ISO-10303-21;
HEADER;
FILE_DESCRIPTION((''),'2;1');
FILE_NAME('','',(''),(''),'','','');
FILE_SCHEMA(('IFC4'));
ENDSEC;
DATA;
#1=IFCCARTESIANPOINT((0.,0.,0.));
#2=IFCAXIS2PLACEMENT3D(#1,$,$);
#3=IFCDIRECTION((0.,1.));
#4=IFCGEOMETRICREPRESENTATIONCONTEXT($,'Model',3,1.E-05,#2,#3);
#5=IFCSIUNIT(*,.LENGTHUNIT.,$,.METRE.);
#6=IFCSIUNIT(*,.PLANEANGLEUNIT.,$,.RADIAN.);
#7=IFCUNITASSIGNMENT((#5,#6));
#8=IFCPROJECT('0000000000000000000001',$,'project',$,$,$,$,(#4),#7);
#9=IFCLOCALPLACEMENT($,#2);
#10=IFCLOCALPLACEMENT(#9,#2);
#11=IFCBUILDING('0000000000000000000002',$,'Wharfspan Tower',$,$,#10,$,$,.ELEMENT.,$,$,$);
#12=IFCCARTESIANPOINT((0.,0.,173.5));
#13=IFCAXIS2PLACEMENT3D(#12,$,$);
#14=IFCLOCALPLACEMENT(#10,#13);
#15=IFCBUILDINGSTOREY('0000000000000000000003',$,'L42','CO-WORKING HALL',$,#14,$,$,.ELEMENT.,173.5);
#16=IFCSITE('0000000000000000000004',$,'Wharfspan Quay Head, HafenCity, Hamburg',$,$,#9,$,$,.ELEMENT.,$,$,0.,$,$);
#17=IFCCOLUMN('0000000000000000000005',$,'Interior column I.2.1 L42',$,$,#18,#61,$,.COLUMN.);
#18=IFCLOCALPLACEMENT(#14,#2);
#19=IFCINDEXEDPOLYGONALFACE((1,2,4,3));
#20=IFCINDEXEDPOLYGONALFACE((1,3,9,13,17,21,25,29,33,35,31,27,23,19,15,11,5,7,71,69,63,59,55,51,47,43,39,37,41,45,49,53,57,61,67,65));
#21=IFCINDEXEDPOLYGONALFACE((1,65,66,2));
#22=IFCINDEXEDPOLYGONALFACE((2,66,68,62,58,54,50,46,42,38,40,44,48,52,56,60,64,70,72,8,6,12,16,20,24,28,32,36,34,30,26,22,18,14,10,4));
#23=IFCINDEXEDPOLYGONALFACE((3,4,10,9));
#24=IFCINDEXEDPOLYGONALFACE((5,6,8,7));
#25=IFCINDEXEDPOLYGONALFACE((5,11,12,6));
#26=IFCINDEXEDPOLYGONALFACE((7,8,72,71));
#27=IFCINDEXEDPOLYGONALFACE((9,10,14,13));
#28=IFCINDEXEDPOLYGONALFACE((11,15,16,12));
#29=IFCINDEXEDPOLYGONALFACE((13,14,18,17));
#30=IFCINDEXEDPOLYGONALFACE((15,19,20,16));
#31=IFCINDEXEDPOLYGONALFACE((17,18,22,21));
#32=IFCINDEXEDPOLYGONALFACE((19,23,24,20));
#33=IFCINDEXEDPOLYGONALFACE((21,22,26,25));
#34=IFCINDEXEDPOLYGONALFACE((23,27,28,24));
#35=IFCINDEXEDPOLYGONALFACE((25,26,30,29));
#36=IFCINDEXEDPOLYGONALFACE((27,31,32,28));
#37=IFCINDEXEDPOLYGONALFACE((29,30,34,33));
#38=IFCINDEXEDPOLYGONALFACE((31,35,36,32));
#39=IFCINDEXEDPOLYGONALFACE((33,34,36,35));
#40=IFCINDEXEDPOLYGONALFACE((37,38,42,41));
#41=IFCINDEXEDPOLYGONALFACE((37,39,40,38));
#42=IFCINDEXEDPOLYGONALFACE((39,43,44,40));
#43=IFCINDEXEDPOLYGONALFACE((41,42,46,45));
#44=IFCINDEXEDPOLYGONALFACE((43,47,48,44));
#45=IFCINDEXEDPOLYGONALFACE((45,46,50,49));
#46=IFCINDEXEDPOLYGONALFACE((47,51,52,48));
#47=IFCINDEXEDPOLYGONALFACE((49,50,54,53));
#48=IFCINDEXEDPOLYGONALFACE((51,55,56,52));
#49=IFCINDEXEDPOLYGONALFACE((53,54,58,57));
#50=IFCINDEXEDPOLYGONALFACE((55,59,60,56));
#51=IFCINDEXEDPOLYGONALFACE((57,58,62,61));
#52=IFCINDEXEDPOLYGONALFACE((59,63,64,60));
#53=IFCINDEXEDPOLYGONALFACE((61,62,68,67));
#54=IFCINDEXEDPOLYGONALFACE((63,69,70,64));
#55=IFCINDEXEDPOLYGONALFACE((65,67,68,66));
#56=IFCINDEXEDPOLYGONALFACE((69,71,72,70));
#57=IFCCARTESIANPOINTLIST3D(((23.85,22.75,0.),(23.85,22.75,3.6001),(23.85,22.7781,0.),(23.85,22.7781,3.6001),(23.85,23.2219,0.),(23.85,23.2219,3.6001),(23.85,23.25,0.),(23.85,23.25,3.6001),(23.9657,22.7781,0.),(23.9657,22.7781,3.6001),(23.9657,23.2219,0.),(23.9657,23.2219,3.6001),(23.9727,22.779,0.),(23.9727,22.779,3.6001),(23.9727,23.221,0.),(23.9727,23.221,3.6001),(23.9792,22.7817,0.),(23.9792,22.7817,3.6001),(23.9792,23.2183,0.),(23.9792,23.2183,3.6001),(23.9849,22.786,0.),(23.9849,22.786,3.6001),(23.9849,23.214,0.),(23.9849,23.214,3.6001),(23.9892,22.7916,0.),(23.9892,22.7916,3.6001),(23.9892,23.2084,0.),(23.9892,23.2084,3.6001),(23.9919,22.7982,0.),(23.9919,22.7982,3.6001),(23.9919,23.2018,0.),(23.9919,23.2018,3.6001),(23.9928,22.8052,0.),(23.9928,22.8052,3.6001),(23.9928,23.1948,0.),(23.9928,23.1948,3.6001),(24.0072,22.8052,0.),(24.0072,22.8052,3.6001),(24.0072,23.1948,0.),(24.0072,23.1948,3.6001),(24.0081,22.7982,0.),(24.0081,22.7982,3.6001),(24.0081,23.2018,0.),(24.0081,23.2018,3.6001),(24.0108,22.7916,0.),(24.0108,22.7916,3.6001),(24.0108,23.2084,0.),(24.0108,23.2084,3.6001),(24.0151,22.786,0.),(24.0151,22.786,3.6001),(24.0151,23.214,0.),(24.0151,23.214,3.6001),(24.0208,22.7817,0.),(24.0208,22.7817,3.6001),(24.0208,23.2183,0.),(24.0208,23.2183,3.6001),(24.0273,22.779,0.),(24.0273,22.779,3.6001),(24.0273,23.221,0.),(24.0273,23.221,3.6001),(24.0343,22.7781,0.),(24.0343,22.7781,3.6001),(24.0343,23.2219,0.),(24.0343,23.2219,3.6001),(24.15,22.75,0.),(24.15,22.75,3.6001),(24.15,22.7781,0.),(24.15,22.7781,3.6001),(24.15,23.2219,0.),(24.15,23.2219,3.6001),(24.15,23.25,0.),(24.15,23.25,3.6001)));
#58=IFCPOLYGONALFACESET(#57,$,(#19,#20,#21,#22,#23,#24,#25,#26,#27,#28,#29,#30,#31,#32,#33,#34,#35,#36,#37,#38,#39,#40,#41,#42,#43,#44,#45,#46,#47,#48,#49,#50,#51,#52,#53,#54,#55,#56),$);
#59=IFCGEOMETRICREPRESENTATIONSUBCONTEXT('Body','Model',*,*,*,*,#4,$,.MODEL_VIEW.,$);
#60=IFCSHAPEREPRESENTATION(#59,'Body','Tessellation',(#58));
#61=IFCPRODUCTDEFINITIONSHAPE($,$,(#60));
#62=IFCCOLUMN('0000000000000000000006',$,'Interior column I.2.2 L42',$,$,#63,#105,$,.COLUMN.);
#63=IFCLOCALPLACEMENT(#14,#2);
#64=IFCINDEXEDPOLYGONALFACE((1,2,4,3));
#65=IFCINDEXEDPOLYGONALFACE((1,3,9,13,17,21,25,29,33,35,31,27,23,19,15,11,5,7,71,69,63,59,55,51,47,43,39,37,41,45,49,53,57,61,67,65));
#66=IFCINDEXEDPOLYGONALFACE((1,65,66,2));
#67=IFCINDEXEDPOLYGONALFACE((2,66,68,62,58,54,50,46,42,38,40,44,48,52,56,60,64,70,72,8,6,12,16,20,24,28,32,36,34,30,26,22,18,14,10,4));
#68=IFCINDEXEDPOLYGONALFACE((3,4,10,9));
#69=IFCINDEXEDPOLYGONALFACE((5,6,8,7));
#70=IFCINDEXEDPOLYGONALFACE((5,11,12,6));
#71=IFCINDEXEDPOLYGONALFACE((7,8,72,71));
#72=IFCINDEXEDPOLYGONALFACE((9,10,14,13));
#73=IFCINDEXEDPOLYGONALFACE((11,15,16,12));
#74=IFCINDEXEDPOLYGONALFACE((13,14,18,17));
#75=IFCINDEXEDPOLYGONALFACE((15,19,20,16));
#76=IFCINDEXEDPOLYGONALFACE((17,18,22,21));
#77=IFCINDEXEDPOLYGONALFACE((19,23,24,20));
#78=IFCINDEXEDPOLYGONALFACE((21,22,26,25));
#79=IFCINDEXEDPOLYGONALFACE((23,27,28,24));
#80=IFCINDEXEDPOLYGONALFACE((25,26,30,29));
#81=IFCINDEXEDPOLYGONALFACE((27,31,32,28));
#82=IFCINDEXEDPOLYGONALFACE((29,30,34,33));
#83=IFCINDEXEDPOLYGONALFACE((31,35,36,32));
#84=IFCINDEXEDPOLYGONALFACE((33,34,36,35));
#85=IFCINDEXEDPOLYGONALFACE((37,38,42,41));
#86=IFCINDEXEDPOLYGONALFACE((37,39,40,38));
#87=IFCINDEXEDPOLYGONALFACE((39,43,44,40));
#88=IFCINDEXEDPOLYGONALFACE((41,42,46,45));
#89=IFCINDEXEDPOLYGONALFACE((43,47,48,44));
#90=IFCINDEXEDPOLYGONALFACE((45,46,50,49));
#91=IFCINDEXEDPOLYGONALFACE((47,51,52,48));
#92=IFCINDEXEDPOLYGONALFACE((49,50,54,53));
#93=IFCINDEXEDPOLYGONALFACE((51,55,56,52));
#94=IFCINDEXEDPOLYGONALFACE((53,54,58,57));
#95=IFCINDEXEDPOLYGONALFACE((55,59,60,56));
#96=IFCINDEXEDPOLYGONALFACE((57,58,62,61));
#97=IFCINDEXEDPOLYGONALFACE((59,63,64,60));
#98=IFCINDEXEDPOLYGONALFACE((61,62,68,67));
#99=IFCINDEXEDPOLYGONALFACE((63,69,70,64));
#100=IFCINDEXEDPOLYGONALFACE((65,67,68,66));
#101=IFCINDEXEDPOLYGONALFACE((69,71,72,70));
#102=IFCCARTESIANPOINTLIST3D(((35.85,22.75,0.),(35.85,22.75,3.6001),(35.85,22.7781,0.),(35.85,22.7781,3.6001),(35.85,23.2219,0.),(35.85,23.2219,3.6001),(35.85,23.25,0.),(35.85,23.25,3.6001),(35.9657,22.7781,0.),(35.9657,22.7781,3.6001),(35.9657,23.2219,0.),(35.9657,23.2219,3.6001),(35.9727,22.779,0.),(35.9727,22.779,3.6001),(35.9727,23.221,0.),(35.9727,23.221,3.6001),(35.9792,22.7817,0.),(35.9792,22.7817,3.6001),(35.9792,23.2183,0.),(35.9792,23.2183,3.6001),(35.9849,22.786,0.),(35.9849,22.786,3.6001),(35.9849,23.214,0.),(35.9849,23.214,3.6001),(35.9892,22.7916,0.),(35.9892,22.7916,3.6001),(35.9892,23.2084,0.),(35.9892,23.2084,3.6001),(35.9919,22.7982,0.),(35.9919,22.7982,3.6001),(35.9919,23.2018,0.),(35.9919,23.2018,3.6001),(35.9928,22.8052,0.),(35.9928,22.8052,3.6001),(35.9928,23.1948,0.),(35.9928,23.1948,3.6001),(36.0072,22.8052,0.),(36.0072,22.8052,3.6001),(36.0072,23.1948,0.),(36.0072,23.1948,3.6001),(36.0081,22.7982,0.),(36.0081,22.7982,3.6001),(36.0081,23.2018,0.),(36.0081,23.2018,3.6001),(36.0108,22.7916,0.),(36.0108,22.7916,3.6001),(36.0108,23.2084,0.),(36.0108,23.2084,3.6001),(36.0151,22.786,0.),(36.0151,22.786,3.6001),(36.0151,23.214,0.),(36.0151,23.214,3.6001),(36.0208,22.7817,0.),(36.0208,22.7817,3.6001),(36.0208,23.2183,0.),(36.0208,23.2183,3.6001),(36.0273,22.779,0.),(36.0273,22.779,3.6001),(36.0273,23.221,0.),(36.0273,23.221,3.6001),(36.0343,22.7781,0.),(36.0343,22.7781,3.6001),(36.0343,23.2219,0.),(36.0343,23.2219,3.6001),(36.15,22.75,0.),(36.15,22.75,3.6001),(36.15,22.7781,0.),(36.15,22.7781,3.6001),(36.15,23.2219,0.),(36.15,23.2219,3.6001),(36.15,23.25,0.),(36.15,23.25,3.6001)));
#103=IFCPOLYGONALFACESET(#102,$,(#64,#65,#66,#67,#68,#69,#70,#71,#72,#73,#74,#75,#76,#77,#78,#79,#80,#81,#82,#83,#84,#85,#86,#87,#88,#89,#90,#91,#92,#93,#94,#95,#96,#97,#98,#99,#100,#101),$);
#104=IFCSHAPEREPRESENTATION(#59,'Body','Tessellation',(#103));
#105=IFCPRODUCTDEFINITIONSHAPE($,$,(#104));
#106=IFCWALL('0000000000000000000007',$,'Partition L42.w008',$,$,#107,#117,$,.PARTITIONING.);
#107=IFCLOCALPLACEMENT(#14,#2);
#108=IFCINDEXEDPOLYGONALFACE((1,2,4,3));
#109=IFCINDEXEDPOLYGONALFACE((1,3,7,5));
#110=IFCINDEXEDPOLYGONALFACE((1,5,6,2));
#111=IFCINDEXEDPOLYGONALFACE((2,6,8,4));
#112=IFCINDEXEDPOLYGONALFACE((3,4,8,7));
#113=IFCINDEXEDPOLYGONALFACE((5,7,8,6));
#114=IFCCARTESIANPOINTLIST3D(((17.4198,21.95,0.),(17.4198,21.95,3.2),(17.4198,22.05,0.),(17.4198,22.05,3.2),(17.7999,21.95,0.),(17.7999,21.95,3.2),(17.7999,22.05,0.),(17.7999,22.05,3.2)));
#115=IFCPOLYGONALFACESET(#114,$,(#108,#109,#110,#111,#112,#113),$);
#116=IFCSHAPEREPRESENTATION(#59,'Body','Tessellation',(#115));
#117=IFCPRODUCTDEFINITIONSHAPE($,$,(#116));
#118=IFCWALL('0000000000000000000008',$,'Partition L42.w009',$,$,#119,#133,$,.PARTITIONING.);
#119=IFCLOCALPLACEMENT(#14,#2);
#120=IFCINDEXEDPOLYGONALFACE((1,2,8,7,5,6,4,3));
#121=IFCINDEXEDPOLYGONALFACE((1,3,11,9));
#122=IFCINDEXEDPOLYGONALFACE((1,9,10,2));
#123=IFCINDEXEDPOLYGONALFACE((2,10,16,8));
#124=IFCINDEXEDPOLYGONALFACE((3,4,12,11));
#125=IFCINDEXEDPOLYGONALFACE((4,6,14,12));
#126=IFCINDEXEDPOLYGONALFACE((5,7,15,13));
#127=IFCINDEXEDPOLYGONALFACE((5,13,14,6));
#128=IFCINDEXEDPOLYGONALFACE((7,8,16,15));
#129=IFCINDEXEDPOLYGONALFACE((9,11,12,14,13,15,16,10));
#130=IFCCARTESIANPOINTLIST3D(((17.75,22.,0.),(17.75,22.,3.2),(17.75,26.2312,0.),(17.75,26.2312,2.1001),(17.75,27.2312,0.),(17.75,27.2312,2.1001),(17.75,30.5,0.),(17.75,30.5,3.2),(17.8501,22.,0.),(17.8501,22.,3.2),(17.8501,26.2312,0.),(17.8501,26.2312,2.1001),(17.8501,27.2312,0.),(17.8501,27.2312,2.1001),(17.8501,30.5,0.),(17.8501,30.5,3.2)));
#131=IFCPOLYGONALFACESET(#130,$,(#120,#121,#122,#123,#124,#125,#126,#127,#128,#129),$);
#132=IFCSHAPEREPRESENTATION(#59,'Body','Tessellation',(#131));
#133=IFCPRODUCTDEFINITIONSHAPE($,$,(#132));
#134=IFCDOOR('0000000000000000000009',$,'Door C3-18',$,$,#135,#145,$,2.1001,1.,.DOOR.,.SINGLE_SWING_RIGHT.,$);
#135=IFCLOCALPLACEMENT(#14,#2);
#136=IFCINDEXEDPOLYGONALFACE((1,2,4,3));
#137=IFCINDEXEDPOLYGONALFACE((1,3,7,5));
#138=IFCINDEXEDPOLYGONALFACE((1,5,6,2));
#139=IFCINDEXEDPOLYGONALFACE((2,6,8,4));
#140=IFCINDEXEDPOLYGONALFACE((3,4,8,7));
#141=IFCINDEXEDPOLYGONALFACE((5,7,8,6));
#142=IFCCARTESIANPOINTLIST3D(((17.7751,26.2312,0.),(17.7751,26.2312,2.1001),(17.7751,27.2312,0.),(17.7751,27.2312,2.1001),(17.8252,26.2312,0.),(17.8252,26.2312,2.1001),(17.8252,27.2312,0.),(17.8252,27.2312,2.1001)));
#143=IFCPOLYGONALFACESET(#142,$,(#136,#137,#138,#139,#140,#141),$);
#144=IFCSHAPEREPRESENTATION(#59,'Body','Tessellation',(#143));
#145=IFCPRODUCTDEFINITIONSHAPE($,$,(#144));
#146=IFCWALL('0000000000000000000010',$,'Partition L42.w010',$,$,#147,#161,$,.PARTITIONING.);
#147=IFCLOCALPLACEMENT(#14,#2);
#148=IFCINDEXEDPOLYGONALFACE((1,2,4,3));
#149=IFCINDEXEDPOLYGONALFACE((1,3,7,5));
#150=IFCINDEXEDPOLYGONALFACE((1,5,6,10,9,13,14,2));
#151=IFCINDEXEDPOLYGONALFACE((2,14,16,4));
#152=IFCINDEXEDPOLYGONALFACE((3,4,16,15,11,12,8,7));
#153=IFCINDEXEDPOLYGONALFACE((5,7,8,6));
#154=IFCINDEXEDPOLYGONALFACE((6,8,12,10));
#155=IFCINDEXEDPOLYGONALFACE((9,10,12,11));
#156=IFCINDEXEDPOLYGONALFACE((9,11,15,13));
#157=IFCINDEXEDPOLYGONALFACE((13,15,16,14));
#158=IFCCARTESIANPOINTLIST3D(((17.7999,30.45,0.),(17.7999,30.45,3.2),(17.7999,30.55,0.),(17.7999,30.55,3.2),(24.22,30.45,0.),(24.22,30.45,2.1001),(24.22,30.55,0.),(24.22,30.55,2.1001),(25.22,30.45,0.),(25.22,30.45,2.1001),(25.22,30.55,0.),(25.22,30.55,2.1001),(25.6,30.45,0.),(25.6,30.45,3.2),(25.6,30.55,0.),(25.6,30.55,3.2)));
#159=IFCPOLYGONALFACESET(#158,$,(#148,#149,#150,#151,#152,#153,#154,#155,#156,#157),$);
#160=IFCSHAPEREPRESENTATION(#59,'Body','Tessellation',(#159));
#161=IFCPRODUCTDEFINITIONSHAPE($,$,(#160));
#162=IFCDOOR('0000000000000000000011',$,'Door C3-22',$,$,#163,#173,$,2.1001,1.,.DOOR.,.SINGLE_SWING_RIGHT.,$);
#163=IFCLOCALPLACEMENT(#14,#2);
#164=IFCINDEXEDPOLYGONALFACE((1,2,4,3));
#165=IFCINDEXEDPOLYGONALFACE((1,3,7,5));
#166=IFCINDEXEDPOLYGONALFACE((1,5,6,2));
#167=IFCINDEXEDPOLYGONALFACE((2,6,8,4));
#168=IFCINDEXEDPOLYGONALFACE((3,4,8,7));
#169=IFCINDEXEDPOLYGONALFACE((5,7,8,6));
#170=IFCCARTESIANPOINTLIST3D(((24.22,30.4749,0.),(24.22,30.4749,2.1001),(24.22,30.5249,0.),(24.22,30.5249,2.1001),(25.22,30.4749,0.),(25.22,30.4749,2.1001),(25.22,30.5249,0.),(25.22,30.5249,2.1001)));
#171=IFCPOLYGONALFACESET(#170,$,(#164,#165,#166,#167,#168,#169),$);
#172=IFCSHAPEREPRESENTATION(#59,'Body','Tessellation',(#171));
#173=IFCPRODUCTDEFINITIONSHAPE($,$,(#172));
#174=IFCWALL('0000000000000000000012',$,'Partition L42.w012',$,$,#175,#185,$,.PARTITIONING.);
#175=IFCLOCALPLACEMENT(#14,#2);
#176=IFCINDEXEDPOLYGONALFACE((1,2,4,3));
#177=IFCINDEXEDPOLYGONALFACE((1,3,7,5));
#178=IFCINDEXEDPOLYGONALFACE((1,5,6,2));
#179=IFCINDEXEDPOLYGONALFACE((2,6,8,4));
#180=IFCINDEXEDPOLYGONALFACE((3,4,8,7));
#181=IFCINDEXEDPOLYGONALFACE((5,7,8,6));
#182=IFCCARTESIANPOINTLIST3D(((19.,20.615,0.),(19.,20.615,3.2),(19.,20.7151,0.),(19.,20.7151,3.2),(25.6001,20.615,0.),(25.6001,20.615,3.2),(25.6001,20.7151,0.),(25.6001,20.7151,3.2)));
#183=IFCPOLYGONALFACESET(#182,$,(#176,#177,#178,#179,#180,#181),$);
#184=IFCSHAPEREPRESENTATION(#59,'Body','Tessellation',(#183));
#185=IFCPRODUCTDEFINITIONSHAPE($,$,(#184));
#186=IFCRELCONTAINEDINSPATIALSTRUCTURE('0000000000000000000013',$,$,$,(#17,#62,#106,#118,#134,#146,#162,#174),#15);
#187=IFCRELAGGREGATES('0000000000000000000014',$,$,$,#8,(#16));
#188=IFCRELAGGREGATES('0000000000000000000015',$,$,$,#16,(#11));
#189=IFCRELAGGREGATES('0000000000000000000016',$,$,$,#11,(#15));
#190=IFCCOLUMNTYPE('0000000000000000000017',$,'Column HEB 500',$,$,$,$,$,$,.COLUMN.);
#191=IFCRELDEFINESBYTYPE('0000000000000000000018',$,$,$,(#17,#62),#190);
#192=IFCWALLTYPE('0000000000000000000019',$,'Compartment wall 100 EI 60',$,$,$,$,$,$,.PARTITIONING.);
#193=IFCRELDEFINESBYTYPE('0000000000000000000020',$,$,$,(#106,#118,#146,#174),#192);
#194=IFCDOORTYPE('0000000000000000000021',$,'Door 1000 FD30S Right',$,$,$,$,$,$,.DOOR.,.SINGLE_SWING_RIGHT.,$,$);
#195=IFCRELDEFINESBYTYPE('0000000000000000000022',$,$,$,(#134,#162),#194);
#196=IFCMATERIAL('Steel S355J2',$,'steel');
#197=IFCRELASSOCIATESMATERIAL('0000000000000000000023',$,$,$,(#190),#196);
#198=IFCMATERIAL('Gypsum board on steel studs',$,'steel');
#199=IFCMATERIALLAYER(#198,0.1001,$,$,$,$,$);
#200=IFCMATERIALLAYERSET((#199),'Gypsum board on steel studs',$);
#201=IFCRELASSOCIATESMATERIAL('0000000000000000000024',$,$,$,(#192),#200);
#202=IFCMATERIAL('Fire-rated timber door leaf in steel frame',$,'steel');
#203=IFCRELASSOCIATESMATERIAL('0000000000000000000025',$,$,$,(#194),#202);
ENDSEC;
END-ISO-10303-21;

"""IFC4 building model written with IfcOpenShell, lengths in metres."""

from ifc_helpers import new_model, si_unit, direction, frame, frame_2d, origin, origin_2d, place, context, subcontext, project, spatial, rectangle, i_section, extrude, material, layer, layer_set, material_profile, profile_set, type_object, element, fill, save


model = new_model("IFC4")

# Units and contexts
model_context = context("Model", 3, precision=1e-05, world=origin(), true_north=direction((0.0, 1.0)))
body_context = subcontext(model_context, "Body", "Model", "MODEL_VIEW")
ifc_project = project(units=[si_unit("LENGTHUNIT", "METRE"), si_unit("PLANEANGLEUNIT", "RADIAN")], contexts=[model_context])

# Site, building, storey
site_placement = place(None, origin())
site = spatial("IfcSite", under=ifc_project, at=site_placement, Name="Wharfspan Quay Head, HafenCity, Hamburg", CompositionType="ELEMENT", RefElevation=0.0)
building_placement = place(site_placement, origin())
building = spatial("IfcBuilding", under=site, at=building_placement, Name="Wharfspan Tower", CompositionType="ELEMENT")
storey_placement = place(building_placement, frame((0.0, 0.0, 173.5)))
storey = spatial("IfcBuildingStorey", under=building, at=storey_placement, Name="L42", Description="CO-WORKING HALL", CompositionType="ELEMENT", Elevation=173.5)

# Columns
ifc_material_1 = material(Name="Steel S355J2", Category="steel")
ifc_material_profile = material_profile(ifc_material_1, i_section(OverallWidth=0.3, OverallDepth=0.5, WebThickness=0.0144, FlangeThickness=0.0281, FilletRadius=0.0271, at=origin_2d()))
ifc_profile_set = profile_set([ifc_material_profile], Name="Steel S355J2")
column_type = type_object("IfcColumnType", Name="Column HEB 500", PredefinedType="COLUMN", material=ifc_profile_set)
for number, where, z_axis, x_axis, name in (
    (1, (24.0, 23.0, 0.0), (0.0, 0.0, 1.0), (1.0, 0.0, 0.0), "Interior column I.2.1 L42"),
    (2, (36.0, 23.0, 0.0), (0.0, 0.0, 1.0), (1.0, 0.0, 0.0), "Interior column I.2.2 L42"),
):
    element("IfcColumn", number, at=place(storey_placement, frame(where, z_axis=z_axis, x_axis=x_axis)), inside=storey, type_object=column_type, Name=name, PredefinedType="COLUMN", context=body_context, shape_type="SweptSolid", body=[
        extrude(i_section(OverallWidth=0.3, OverallDepth=0.5, WebThickness=0.0144, FlangeThickness=0.0281, FilletRadius=0.0271, at=origin_2d()), origin(), (0.0, 0.0, 1.0), 3.6001),
    ])

# Wall
ifc_material_2 = material(Name="Gypsum board on steel studs", Category="steel")
ifc_layer = layer(ifc_material_2, 0.1001)
ifc_layer_set = layer_set([ifc_layer], Name="Gypsum board on steel studs")
wall_type = type_object("IfcWallType", Name="Compartment wall 100 EI 60", PredefinedType="PARTITIONING", material=ifc_layer_set)
wall_1_placement = place(storey_placement, frame((17.4199, 22.0, 0.0), z_axis=(0.0, 0.0, 1.0), x_axis=(1.0, 0.0, 0.0)))
element("IfcWall", 3, at=wall_1_placement, inside=storey, type_object=wall_type, Name="Partition L42.w008", PredefinedType="PARTITIONING", context=body_context, shape_type="SweptSolid", body=[
    extrude(rectangle(XDim=0.3801, YDim=0.1001, at=frame_2d((0.1899, 0.0))), origin(), (0.0, 0.0, 1.0), 3.2),
])

# Walls, openings, doors
wall_2_placement = place(storey_placement, frame((17.8, 22.0, 0.0), z_axis=(0.0, 0.0, 1.0), x_axis=(0.0, 1.0, 0.0)))
wall_2 = element("IfcWall", 4, at=wall_2_placement, inside=storey, type_object=wall_type, Name="Partition L42.w009", PredefinedType="PARTITIONING", context=body_context, shape_type="SweptSolid", body=[
    extrude(rectangle(XDim=8.5, YDim=0.1001, at=frame_2d((4.25, 0.0))), origin(), (0.0, 0.0, 1.0), 3.2),
])
opening_1_placement = place(wall_2_placement, frame((4.2312, 0.0, 0.0)))
opening_1 = element("IfcOpeningElement", 5, at=opening_1_placement, cuts=wall_2, PredefinedType="OPENING", context=body_context, shape_type="SweptSolid", body=[
    extrude(rectangle(XDim=1.0, YDim=2.1001, at=frame_2d((0.5, 1.05))), frame((0.0, 0.0601, 0.0), z_axis=(0.0, -1.0, 0.0), x_axis=(1.0, 0.0, 0.0)), (0.0, 0.0, 1.0), 0.1201),
])
ifc_material_3 = material(Name="Fire-rated timber door leaf in steel frame", Category="steel")
door_type_1 = type_object("IfcDoorType", Name="Door 1000 FD30S Right", OperationType="SINGLE_SWING_RIGHT", PredefinedType="DOOR", material=ifc_material_3)
door_1_placement = place(opening_1_placement, origin())
door_1 = element("IfcDoor", 6, at=door_1_placement, inside=storey, type_object=door_type_1, Name="Door C3-18", OperationType="SINGLE_SWING_RIGHT", OverallHeight=2.1001, OverallWidth=1.0, PredefinedType="DOOR", context=body_context, shape_type="SweptSolid", body=[
    extrude(rectangle(XDim=1.0, YDim=2.1001, at=frame_2d((0.5, 1.05))), frame((0.0, 0.0249, 0.0), z_axis=(0.0, -1.0, 0.0), x_axis=(1.0, 0.0, 0.0)), (0.0, 0.0, 1.0), 0.05),
])
fill(opening_1, door_1)
wall_3_placement = place(storey_placement, frame((17.8, 30.5, 0.0), z_axis=(0.0, 0.0, 1.0), x_axis=(1.0, 0.0, 0.0)))
wall_3 = element("IfcWall", 7, at=wall_3_placement, inside=storey, type_object=wall_type, Name="Partition L42.w010", PredefinedType="PARTITIONING", context=body_context, shape_type="SweptSolid", body=[
    extrude(rectangle(XDim=7.8, YDim=0.1001, at=frame_2d((3.8999, 0.0))), origin(), (0.0, 0.0, 1.0), 3.2),
])
opening_2_placement = place(wall_3_placement, frame((6.4199, 0.0, 0.0)))
opening_2 = element("IfcOpeningElement", 8, at=opening_2_placement, cuts=wall_3, PredefinedType="OPENING", context=body_context, shape_type="SweptSolid", body=[
    extrude(rectangle(XDim=1.0, YDim=2.1001, at=frame_2d((0.5, 1.05))), frame((0.0, 0.0601, 0.0), z_axis=(0.0, -1.0, 0.0), x_axis=(1.0, 0.0, 0.0)), (0.0, 0.0, 1.0), 0.1201),
])
door_2_placement = place(opening_2_placement, origin())
door_2 = element("IfcDoor", 9, at=door_2_placement, inside=storey, type_object=door_type_1, Name="Door C3-22", OperationType="SINGLE_SWING_RIGHT", OverallHeight=2.1001, OverallWidth=1.0, PredefinedType="DOOR", context=body_context, shape_type="SweptSolid", body=[
    extrude(rectangle(XDim=1.0, YDim=2.1001, at=frame_2d((0.5, 1.05))), frame((0.0, 0.0249, 0.0), z_axis=(0.0, -1.0, 0.0), x_axis=(1.0, 0.0, 0.0)), (0.0, 0.0, 1.0), 0.05),
])
fill(opening_2, door_2)

# Wall
for number, where, z_axis, x_axis, name in (
    (10, (19.0, 20.665, 0.0), (0.0, 0.0, 1.0), (1.0, 0.0, 0.0), "Partition L42.w012"),
):
    element("IfcWall", number, at=place(storey_placement, frame(where, z_axis=z_axis, x_axis=x_axis)), inside=storey, type_object=wall_type, Name=name, PredefinedType="PARTITIONING", context=body_context, shape_type="SweptSolid", body=[
        extrude(rectangle(XDim=6.6001, YDim=0.1001, at=frame_2d((3.3, 0.0))), origin(), (0.0, 0.0, 1.0), 3.2),
    ])

save(model, "model.ifc")
